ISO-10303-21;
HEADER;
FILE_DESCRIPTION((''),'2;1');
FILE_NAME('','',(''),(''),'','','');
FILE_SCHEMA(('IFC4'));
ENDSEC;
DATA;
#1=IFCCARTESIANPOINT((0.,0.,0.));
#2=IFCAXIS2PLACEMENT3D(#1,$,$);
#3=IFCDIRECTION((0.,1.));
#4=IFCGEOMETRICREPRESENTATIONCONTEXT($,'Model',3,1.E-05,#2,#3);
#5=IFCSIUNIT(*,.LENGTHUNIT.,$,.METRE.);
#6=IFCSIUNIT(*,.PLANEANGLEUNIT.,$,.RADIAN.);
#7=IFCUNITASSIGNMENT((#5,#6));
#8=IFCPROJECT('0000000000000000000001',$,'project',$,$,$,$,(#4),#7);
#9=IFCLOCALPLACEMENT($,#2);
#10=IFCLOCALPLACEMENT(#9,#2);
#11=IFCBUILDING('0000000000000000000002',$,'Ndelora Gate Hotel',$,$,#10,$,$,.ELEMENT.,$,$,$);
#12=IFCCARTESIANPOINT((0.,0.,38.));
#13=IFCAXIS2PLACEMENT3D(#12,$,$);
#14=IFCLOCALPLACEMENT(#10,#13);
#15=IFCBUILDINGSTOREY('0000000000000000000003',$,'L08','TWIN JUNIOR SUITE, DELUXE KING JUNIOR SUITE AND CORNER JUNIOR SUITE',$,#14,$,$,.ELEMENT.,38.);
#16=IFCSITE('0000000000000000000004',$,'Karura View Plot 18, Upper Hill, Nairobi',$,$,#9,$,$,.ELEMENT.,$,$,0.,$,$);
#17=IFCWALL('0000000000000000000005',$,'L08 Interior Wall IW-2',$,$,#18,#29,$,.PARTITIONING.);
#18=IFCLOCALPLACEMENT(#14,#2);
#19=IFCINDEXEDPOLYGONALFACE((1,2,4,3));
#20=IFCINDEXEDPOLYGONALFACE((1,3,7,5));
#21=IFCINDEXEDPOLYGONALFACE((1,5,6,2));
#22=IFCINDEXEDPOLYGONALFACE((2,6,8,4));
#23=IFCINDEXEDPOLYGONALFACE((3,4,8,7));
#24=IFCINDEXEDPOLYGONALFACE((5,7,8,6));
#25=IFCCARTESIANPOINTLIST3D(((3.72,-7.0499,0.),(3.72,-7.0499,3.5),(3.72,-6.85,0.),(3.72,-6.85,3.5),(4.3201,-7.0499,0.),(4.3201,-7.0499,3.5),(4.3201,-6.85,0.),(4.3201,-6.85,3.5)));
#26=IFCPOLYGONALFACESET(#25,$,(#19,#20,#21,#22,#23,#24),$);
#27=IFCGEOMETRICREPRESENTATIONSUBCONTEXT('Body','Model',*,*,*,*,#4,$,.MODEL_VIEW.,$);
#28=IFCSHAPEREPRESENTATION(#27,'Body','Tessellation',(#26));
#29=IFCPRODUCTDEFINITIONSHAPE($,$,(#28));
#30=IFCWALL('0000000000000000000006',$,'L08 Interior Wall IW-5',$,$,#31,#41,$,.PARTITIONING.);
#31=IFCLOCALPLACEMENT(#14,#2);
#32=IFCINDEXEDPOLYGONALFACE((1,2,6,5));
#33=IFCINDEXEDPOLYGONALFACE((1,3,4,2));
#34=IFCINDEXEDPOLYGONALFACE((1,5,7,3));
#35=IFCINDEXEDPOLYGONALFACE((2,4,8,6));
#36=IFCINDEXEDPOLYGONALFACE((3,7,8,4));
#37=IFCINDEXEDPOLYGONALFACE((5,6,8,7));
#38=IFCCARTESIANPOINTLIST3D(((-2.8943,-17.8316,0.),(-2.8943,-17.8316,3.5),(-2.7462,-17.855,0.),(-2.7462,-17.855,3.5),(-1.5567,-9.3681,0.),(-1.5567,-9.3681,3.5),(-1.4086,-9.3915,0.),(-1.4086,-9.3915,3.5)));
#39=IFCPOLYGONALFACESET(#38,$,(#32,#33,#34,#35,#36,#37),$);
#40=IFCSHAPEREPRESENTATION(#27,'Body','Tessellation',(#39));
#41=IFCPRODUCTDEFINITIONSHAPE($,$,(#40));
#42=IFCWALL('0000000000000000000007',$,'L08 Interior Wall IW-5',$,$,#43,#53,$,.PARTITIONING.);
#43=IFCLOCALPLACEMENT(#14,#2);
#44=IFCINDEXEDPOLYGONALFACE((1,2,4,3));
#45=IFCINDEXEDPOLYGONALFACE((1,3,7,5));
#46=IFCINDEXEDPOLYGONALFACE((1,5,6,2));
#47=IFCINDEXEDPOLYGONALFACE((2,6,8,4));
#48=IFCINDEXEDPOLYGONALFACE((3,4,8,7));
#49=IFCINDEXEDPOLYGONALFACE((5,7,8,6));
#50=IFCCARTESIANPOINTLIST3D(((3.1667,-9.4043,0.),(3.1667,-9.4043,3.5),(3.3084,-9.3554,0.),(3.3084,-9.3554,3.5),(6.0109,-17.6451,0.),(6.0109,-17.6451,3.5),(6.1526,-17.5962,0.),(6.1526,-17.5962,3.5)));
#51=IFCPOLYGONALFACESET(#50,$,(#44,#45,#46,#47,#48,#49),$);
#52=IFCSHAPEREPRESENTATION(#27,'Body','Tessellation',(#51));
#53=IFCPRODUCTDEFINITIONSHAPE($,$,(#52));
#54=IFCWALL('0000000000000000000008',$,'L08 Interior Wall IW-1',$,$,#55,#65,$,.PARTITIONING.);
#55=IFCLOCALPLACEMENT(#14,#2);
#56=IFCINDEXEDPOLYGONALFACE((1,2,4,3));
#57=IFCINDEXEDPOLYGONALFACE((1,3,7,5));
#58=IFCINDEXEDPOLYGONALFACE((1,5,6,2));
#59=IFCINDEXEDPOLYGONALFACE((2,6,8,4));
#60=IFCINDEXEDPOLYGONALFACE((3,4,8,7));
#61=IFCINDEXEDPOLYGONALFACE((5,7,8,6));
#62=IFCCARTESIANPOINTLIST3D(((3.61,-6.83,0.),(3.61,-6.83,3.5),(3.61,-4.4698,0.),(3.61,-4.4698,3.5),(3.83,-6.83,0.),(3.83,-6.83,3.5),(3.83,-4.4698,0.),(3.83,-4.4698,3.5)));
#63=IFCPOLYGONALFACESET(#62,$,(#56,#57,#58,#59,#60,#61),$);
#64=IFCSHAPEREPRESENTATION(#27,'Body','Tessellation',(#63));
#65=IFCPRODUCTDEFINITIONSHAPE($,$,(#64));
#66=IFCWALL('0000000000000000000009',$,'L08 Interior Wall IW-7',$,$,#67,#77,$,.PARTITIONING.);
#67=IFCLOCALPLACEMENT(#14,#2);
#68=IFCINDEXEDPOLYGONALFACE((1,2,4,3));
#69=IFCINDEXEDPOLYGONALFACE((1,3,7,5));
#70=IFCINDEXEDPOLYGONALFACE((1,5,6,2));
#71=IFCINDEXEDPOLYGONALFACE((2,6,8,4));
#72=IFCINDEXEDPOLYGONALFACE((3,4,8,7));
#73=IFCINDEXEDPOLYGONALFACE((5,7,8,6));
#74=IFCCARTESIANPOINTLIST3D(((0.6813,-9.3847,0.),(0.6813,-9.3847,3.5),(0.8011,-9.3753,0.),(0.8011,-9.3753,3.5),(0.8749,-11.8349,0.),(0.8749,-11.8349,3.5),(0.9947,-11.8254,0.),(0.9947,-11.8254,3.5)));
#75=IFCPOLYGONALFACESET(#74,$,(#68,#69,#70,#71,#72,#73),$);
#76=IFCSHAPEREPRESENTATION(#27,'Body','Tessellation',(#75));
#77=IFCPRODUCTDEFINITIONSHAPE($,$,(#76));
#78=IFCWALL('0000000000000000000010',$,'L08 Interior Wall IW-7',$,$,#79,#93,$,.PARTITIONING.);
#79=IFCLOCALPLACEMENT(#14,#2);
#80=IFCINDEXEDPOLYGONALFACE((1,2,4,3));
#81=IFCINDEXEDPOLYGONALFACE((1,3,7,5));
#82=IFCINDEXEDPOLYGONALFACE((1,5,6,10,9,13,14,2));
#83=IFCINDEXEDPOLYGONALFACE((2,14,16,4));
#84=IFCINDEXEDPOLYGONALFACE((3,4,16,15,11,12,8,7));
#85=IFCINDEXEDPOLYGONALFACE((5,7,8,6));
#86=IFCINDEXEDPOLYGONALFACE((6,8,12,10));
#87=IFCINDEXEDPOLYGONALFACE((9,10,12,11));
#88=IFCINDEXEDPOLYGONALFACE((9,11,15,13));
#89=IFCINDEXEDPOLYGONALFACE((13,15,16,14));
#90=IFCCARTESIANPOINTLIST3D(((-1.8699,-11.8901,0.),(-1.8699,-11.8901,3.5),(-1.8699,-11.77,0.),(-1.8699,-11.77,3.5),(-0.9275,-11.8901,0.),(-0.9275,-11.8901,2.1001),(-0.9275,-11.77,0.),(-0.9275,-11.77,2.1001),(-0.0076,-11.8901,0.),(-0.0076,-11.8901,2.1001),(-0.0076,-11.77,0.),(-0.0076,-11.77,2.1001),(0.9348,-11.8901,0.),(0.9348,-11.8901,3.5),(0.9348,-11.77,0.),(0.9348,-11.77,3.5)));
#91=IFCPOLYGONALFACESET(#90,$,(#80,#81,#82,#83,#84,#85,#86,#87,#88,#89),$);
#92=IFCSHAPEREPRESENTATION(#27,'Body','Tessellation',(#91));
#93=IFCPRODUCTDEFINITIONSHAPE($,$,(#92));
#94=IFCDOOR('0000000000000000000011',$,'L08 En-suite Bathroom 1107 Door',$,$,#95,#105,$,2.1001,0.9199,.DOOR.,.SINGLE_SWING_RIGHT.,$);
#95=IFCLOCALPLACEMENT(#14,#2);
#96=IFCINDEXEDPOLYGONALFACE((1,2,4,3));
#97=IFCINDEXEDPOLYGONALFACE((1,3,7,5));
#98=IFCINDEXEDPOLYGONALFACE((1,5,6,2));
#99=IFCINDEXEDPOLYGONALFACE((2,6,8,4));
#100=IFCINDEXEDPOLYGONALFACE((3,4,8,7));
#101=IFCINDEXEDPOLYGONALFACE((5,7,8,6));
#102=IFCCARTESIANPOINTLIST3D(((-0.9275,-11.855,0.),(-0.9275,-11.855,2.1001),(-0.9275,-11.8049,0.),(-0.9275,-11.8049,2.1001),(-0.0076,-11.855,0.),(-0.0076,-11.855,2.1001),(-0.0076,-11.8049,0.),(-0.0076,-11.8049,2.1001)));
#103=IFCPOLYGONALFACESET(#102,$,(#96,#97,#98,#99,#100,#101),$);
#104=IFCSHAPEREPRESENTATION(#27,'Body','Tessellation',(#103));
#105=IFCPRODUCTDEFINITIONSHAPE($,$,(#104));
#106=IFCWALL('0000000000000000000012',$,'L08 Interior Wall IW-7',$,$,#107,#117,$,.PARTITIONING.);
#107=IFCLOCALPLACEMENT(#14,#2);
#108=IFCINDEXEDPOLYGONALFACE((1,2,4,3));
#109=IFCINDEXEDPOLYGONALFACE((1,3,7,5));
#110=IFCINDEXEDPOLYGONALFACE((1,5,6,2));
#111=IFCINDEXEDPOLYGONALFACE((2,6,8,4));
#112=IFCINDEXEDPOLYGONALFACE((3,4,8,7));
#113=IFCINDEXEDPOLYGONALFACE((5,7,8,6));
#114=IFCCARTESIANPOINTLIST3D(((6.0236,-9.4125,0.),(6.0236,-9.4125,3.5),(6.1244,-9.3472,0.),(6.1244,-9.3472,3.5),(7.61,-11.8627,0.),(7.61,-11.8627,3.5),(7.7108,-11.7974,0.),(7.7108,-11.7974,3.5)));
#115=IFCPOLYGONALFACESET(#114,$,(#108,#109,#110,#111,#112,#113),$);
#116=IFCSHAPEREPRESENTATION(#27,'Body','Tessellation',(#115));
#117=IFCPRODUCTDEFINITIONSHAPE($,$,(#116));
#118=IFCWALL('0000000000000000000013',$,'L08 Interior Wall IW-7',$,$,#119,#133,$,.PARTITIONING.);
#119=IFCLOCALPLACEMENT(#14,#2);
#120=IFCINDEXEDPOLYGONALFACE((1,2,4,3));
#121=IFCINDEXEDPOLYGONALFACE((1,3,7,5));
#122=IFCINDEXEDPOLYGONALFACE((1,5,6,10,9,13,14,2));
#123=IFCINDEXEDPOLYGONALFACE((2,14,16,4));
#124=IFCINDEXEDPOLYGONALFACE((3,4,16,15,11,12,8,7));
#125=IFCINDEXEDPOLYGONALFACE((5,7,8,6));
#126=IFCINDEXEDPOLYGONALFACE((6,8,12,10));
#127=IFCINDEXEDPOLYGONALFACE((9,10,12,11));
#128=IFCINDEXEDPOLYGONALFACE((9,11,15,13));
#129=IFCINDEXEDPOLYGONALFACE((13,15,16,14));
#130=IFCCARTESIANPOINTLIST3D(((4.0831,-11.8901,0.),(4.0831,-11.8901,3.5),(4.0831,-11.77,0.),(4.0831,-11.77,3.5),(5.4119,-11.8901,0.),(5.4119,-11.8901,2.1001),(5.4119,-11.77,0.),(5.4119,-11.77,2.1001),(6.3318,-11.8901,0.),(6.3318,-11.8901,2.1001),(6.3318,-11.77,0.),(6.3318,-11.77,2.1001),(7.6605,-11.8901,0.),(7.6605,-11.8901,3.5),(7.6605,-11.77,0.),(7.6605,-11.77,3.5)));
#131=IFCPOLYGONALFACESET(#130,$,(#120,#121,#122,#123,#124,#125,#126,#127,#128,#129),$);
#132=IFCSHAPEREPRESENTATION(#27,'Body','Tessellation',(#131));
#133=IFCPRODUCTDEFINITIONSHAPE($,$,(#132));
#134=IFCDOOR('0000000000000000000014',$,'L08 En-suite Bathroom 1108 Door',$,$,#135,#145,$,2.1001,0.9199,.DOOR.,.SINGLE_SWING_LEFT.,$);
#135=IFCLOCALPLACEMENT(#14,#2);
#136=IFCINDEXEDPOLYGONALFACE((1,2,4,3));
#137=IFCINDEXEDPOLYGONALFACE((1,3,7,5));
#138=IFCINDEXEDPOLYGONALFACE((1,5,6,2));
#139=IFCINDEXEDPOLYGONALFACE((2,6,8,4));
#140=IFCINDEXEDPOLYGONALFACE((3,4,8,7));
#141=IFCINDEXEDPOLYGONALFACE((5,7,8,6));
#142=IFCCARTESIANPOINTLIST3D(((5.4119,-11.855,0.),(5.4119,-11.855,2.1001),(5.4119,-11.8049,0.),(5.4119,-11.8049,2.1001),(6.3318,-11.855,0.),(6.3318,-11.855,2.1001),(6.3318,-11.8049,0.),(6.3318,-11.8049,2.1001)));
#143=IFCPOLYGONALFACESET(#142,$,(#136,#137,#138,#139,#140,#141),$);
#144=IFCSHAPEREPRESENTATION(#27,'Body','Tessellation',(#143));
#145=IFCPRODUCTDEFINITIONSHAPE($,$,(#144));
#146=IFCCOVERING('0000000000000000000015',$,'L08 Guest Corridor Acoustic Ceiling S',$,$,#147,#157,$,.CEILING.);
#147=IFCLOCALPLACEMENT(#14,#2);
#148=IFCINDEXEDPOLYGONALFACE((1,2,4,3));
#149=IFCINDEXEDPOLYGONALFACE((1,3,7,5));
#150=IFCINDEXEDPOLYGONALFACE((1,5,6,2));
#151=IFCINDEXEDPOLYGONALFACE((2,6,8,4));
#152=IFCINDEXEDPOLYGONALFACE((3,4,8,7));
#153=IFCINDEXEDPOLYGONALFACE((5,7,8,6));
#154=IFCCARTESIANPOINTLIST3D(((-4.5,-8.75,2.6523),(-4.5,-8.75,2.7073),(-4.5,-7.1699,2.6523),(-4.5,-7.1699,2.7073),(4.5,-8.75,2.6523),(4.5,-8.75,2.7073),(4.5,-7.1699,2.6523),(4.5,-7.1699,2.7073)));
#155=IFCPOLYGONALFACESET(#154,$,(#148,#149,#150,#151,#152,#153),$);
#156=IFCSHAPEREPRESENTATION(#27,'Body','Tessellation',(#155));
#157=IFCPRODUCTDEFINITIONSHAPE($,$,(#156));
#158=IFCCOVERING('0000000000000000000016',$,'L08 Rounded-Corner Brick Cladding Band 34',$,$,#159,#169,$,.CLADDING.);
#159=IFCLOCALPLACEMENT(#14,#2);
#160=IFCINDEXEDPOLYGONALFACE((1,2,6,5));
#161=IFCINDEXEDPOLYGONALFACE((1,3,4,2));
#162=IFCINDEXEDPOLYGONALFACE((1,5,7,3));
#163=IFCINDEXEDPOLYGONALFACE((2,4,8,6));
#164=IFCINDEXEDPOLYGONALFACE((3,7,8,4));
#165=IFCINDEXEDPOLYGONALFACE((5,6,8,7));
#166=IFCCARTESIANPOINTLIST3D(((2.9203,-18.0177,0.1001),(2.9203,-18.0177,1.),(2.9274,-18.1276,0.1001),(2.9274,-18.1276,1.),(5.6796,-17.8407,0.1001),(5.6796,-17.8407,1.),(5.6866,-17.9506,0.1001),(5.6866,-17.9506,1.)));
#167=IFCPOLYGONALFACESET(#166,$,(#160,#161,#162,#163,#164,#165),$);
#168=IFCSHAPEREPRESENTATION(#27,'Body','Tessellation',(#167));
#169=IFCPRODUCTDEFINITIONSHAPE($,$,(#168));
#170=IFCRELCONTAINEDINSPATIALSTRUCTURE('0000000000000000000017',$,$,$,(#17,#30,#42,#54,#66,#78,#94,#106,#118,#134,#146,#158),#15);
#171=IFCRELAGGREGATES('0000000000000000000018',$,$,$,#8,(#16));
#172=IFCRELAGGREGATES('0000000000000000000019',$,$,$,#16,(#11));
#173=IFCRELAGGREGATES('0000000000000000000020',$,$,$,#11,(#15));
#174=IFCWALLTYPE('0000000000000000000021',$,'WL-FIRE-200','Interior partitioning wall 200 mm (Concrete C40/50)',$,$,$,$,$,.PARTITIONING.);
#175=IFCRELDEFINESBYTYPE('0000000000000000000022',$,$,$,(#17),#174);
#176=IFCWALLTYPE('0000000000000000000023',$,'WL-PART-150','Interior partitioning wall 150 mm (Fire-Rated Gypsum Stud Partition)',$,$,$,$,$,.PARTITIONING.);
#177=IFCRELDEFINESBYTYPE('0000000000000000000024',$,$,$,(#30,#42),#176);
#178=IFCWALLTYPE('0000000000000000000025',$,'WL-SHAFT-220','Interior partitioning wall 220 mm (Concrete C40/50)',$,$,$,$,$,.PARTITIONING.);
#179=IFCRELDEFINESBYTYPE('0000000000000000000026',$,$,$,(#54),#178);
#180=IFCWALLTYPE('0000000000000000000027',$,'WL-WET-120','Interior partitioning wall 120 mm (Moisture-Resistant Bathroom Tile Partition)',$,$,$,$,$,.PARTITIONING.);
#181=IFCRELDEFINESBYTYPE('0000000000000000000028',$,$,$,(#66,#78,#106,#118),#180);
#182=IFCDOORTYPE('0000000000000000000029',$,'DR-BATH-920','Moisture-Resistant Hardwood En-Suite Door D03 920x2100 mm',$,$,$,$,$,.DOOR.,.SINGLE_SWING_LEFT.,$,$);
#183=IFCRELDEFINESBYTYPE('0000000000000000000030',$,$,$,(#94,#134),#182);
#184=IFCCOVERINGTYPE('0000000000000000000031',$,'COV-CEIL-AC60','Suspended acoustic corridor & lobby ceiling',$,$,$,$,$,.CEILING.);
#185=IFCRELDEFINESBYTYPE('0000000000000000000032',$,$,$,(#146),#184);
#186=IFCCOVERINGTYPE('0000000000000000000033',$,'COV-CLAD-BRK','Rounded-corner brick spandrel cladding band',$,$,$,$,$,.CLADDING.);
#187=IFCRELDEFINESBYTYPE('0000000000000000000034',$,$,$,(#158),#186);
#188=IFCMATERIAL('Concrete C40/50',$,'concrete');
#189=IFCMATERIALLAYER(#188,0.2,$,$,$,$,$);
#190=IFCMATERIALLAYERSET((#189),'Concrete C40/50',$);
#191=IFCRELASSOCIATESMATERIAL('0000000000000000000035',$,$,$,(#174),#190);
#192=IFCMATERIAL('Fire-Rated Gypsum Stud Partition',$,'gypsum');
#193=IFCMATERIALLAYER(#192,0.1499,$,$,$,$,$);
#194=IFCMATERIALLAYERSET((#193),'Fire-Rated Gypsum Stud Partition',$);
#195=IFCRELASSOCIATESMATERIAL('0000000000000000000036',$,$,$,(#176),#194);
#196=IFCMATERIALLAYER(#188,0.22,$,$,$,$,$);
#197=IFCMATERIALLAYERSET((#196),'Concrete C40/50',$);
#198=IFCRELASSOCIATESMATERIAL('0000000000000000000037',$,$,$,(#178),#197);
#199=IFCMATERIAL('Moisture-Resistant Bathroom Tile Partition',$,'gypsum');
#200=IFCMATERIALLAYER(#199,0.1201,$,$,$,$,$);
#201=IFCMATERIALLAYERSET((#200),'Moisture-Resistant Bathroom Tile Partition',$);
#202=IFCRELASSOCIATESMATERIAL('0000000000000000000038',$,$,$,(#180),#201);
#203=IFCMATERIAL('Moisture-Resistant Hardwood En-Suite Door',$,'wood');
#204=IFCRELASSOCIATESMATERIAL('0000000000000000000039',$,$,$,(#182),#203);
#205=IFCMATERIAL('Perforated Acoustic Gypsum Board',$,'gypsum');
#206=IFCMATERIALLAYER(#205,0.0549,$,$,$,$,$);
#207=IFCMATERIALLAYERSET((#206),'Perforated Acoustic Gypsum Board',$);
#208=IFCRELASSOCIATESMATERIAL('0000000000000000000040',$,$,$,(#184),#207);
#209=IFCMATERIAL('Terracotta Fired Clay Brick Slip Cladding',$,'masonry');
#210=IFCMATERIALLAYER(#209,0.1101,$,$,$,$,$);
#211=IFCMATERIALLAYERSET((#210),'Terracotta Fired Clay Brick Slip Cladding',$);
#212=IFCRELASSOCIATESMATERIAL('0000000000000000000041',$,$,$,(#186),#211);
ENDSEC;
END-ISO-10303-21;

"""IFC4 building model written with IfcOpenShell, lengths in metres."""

from ifc_helpers import new_model, si_unit, direction, frame, frame_2d, origin, origin_2d, place, context, subcontext, project, spatial, rectangle, extrude, material, layer, layer_set, type_object, element, fill, save


model = new_model("IFC4")

# Units and contexts
model_context = context("Model", 3, precision=1e-05, world=origin(), true_north=direction((0.0, 1.0)))
body_context = subcontext(model_context, "Body", "Model", "MODEL_VIEW")
ifc_project = project(units=[si_unit("LENGTHUNIT", "METRE"), si_unit("PLANEANGLEUNIT", "RADIAN")], contexts=[model_context])

# Site, building, storey
site_placement = place(None, origin())
site = spatial("IfcSite", under=ifc_project, at=site_placement, Name="Karura View Plot 18, Upper Hill, Nairobi", CompositionType="ELEMENT", RefElevation=0.0)
building_placement = place(site_placement, origin())
building = spatial("IfcBuilding", under=site, at=building_placement, Name="Ndelora Gate Hotel", CompositionType="ELEMENT")
storey_placement = place(building_placement, frame((0.0, 0.0, 38.0)))
storey = spatial("IfcBuildingStorey", under=building, at=storey_placement, Name="L08", Description="TWIN JUNIOR SUITE, DELUXE KING JUNIOR SUITE AND CORNER JUNIOR SUITE", CompositionType="ELEMENT", Elevation=38.0)

# Walls
ifc_material_1 = material(Name="Concrete C40/50", Category="concrete")
ifc_layer_1 = layer(ifc_material_1, 0.2)
ifc_layer_set_1 = layer_set([ifc_layer_1], Name="Concrete C40/50")
wall_type_1 = type_object("IfcWallType", Name="WL-FIRE-200", Description="Interior partitioning wall 200 mm (Concrete C40/50)", PredefinedType="PARTITIONING", material=ifc_layer_set_1)
wall_1_placement = place(storey_placement, frame((3.72, -6.95, 0.0), z_axis=(0.0, 0.0, 1.0), x_axis=(1.0, 0.0, 0.0)))
element("IfcWall", 1, at=wall_1_placement, inside=storey, type_object=wall_type_1, Name="L08 Interior Wall IW-2", PredefinedType="PARTITIONING", context=body_context, shape_type="SweptSolid", body=[
    extrude(rectangle(XDim=0.6001, YDim=0.2, at=frame_2d((0.3, 0.0))), origin(), (0.0, 0.0, 1.0), 3.5),
])
ifc_material_2 = material(Name="Fire-Rated Gypsum Stud Partition", Category="gypsum")
ifc_layer_2 = layer(ifc_material_2, 0.1499)
ifc_layer_set_2 = layer_set([ifc_layer_2], Name="Fire-Rated Gypsum Stud Partition")
wall_type_2 = type_object("IfcWallType", Name="WL-PART-150", Description="Interior partitioning wall 150 mm (Fire-Rated Gypsum Stud Partition)", PredefinedType="PARTITIONING", material=ifc_layer_set_2)
wall_2_placement = place(storey_placement, frame((-1.4827, -9.3799, 0.0), z_axis=(0.0, 0.0, 1.0), x_axis=(-0.156109, -0.98774, 0.0)))
element("IfcWall", 2, at=wall_2_placement, inside=storey, type_object=wall_type_2, Name="L08 Interior Wall IW-5", PredefinedType="PARTITIONING", context=body_context, shape_type="SweptSolid", body=[
    extrude(rectangle(XDim=8.5686, YDim=0.1499, at=frame_2d((4.2842, 0.0))), origin(), (0.0, 0.0, 1.0), 3.5),
])
wall_3_placement = place(storey_placement, frame((3.2375, -9.3799, 0.0), z_axis=(0.0, 0.0, 1.0), x_axis=(0.326258, -0.945281, 0.0)))
element("IfcWall", 3, at=wall_3_placement, inside=storey, type_object=wall_type_2, Name="L08 Interior Wall IW-5", PredefinedType="PARTITIONING", context=body_context, shape_type="SweptSolid", body=[
    extrude(rectangle(XDim=8.7178, YDim=0.1499, at=frame_2d((4.3589, 0.0))), origin(), (0.0, 0.0, 1.0), 3.5),
])
ifc_layer_3 = layer(ifc_material_1, 0.22)
ifc_layer_set_3 = layer_set([ifc_layer_3], Name="Concrete C40/50")
wall_type_3 = type_object("IfcWallType", Name="WL-SHAFT-220", Description="Interior partitioning wall 220 mm (Concrete C40/50)", PredefinedType="PARTITIONING", material=ifc_layer_set_3)
wall_4_placement = place(storey_placement, frame((3.72, -6.8301, 0.0), z_axis=(0.0, 0.0, 1.0), x_axis=(0.0, 1.0, 0.0)))
element("IfcWall", 4, at=wall_4_placement, inside=storey, type_object=wall_type_3, Name="L08 Interior Wall IW-1", PredefinedType="PARTITIONING", context=body_context, shape_type="SweptSolid", body=[
    extrude(rectangle(XDim=2.3601, YDim=0.22, at=frame_2d((1.1802, 0.0))), origin(), (0.0, 0.0, 1.0), 3.5),
])
ifc_material_3 = material(Name="Moisture-Resistant Bathroom Tile Partition", Category="gypsum")
ifc_layer_4 = layer(ifc_material_3, 0.1201)
ifc_layer_set_4 = layer_set([ifc_layer_4], Name="Moisture-Resistant Bathroom Tile Partition")
wall_type_4 = type_object("IfcWallType", Name="WL-WET-120", Description="Interior partitioning wall 120 mm (Moisture-Resistant Bathroom Tile Partition)", PredefinedType="PARTITIONING", material=ifc_layer_set_4)
wall_5_placement = place(storey_placement, frame((0.7412, -9.3799, 0.0), z_axis=(0.0, 0.0, 1.0), x_axis=(0.07877, -0.996893, 0.0)))
element("IfcWall", 5, at=wall_5_placement, inside=storey, type_object=wall_type_4, Name="L08 Interior Wall IW-7", PredefinedType="PARTITIONING", context=body_context, shape_type="SweptSolid", body=[
    extrude(rectangle(XDim=2.4578, YDim=0.1201, at=frame_2d((1.229, 0.0))), origin(), (0.0, 0.0, 1.0), 3.5),
])

# Wall, opening, door
wall_6_placement = place(storey_placement, frame((0.9348, -11.8301, 0.0), z_axis=(0.0, 0.0, 1.0), x_axis=(-1.0, 0.0, 0.0)))
wall_6 = element("IfcWall", 6, at=wall_6_placement, inside=storey, type_object=wall_type_4, Name="L08 Interior Wall IW-7", PredefinedType="PARTITIONING", context=body_context, shape_type="SweptSolid", body=[
    extrude(rectangle(XDim=2.8047, YDim=0.1201, at=frame_2d((1.4023, 0.0))), origin(), (0.0, 0.0, 1.0), 3.5),
])
opening_1_placement = place(wall_6_placement, frame((0.9424, 0.0, 0.0)))
opening_1 = element("IfcOpeningElement", 7, at=opening_1_placement, cuts=wall_6, PredefinedType="OPENING", context=body_context, shape_type="SweptSolid", body=[
    extrude(rectangle(XDim=0.9199, YDim=2.1001, at=frame_2d((0.46, 1.05))), frame((0.0, 0.0701, 0.0), z_axis=(0.0, -1.0, 0.0), x_axis=(1.0, 0.0, 0.0)), (0.0, 0.0, 1.0), 0.1401),
])
ifc_material_4 = material(Name="Moisture-Resistant Hardwood En-Suite Door", Category="wood")
door_type = type_object("IfcDoorType", Name="DR-BATH-920", Description="Moisture-Resistant Hardwood En-Suite Door D03 920x2100 mm", OperationType="SINGLE_SWING_LEFT", PredefinedType="DOOR", material=ifc_material_4)
door_1_placement = place(opening_1_placement, origin())
door_1 = element("IfcDoor", 8, at=door_1_placement, inside=storey, type_object=door_type, Name="L08 En-suite Bathroom 1107 Door", OperationType="SINGLE_SWING_RIGHT", OverallHeight=2.1001, OverallWidth=0.9199, PredefinedType="DOOR", context=body_context, shape_type="SweptSolid", body=[
    extrude(rectangle(XDim=0.9199, YDim=2.1001, at=frame_2d((0.46, 1.05))), frame((0.0, 0.0249, 0.0), z_axis=(0.0, -1.0, 0.0), x_axis=(1.0, 0.0, 0.0)), (0.0, 0.0, 1.0), 0.05),
])
fill(opening_1, door_1)

# Wall
wall_7_placement = place(storey_placement, frame((6.074, -9.3799, 0.0), z_axis=(0.0, 0.0, 1.0), x_axis=(0.543494, -0.839413, 0.0)))
element("IfcWall", 9, at=wall_7_placement, inside=storey, type_object=wall_type_4, Name="L08 Interior Wall IW-7", PredefinedType="PARTITIONING", context=body_context, shape_type="SweptSolid", body=[
    extrude(rectangle(XDim=2.9189, YDim=0.1201, at=frame_2d((1.4595, 0.0))), origin(), (0.0, 0.0, 1.0), 3.5),
])

# Wall, opening, door
wall_8_placement = place(storey_placement, frame((7.6604, -11.8301, 0.0), z_axis=(0.0, 0.0, 1.0), x_axis=(-1.0, 0.0, 0.0)))
wall_8 = element("IfcWall", 10, at=wall_8_placement, inside=storey, type_object=wall_type_4, Name="L08 Interior Wall IW-7", PredefinedType="PARTITIONING", context=body_context, shape_type="SweptSolid", body=[
    extrude(rectangle(XDim=3.5774, YDim=0.1201, at=frame_2d((1.7886, 0.0))), origin(), (0.0, 0.0, 1.0), 3.5),
])
opening_2_placement = place(wall_8_placement, frame((1.3286, 0.0, 0.0)))
opening_2 = element("IfcOpeningElement", 11, at=opening_2_placement, cuts=wall_8, PredefinedType="OPENING", context=body_context, shape_type="SweptSolid", body=[
    extrude(rectangle(XDim=0.9199, YDim=2.1001, at=frame_2d((0.46, 1.05))), frame((0.0, 0.0701, 0.0), z_axis=(0.0, -1.0, 0.0), x_axis=(1.0, 0.0, 0.0)), (0.0, 0.0, 1.0), 0.1401),
])
door_2_placement = place(opening_2_placement, origin())
door_2 = element("IfcDoor", 12, at=door_2_placement, inside=storey, type_object=door_type, Name="L08 En-suite Bathroom 1108 Door", OperationType="SINGLE_SWING_LEFT", OverallHeight=2.1001, OverallWidth=0.9199, PredefinedType="DOOR", context=body_context, shape_type="SweptSolid", body=[
    extrude(rectangle(XDim=0.9199, YDim=2.1001, at=frame_2d((0.46, 1.05))), frame((0.0, 0.0249, 0.0), z_axis=(0.0, -1.0, 0.0), x_axis=(1.0, 0.0, 0.0)), (0.0, 0.0, 1.0), 0.05),
])
fill(opening_2, door_2)

# Coverings
ifc_material_5 = material(Name="Perforated Acoustic Gypsum Board", Category="gypsum")
ifc_layer_5 = layer(ifc_material_5, 0.0549)
ifc_layer_set_5 = layer_set([ifc_layer_5], Name="Perforated Acoustic Gypsum Board")
covering_type_1 = type_object("IfcCoveringType", Name="COV-CEIL-AC60", Description="Suspended acoustic corridor & lobby ceiling", PredefinedType="CEILING", material=ifc_layer_set_5)
covering_1_placement = place(storey_placement, frame((0.0, -7.96, 2.6523), z_axis=(0.0, 0.0, 1.0), x_axis=(1.0, 0.0, 0.0)))
element("IfcCovering", 13, at=covering_1_placement, inside=storey, type_object=covering_type_1, Name="L08 Guest Corridor Acoustic Ceiling S", PredefinedType="CEILING", context=body_context, shape_type="SweptSolid", body=[
    extrude(rectangle(XDim=9.0, YDim=1.5801, at=origin_2d()), origin(), (0.0, 0.0, 1.0), 0.0549),
])
ifc_material_6 = material(Name="Terracotta Fired Clay Brick Slip Cladding", Category="masonry")
ifc_layer_6 = layer(ifc_material_6, 0.1101)
ifc_layer_set_6 = layer_set([ifc_layer_6], Name="Terracotta Fired Clay Brick Slip Cladding")
covering_type_2 = type_object("IfcCoveringType", Name="COV-CLAD-BRK", Description="Rounded-corner brick spandrel cladding band", PredefinedType="CLADDING", material=ifc_layer_set_6)
covering_2_placement = place(storey_placement, frame((4.3035, -17.9841, 0.1001), z_axis=(0.0, 0.0, 1.0), x_axis=(0.997949, 0.06401, 0.0)))
element("IfcCovering", 14, at=covering_2_placement, inside=storey, type_object=covering_type_2, Name="L08 Rounded-Corner Brick Cladding Band 34", PredefinedType="CLADDING", context=body_context, shape_type="SweptSolid", body=[
    extrude(rectangle(XDim=2.7649, YDim=0.1101, at=origin_2d()), origin(), (0.0, 0.0, 1.0), 0.8999),
])

save(model, "model.ifc")
